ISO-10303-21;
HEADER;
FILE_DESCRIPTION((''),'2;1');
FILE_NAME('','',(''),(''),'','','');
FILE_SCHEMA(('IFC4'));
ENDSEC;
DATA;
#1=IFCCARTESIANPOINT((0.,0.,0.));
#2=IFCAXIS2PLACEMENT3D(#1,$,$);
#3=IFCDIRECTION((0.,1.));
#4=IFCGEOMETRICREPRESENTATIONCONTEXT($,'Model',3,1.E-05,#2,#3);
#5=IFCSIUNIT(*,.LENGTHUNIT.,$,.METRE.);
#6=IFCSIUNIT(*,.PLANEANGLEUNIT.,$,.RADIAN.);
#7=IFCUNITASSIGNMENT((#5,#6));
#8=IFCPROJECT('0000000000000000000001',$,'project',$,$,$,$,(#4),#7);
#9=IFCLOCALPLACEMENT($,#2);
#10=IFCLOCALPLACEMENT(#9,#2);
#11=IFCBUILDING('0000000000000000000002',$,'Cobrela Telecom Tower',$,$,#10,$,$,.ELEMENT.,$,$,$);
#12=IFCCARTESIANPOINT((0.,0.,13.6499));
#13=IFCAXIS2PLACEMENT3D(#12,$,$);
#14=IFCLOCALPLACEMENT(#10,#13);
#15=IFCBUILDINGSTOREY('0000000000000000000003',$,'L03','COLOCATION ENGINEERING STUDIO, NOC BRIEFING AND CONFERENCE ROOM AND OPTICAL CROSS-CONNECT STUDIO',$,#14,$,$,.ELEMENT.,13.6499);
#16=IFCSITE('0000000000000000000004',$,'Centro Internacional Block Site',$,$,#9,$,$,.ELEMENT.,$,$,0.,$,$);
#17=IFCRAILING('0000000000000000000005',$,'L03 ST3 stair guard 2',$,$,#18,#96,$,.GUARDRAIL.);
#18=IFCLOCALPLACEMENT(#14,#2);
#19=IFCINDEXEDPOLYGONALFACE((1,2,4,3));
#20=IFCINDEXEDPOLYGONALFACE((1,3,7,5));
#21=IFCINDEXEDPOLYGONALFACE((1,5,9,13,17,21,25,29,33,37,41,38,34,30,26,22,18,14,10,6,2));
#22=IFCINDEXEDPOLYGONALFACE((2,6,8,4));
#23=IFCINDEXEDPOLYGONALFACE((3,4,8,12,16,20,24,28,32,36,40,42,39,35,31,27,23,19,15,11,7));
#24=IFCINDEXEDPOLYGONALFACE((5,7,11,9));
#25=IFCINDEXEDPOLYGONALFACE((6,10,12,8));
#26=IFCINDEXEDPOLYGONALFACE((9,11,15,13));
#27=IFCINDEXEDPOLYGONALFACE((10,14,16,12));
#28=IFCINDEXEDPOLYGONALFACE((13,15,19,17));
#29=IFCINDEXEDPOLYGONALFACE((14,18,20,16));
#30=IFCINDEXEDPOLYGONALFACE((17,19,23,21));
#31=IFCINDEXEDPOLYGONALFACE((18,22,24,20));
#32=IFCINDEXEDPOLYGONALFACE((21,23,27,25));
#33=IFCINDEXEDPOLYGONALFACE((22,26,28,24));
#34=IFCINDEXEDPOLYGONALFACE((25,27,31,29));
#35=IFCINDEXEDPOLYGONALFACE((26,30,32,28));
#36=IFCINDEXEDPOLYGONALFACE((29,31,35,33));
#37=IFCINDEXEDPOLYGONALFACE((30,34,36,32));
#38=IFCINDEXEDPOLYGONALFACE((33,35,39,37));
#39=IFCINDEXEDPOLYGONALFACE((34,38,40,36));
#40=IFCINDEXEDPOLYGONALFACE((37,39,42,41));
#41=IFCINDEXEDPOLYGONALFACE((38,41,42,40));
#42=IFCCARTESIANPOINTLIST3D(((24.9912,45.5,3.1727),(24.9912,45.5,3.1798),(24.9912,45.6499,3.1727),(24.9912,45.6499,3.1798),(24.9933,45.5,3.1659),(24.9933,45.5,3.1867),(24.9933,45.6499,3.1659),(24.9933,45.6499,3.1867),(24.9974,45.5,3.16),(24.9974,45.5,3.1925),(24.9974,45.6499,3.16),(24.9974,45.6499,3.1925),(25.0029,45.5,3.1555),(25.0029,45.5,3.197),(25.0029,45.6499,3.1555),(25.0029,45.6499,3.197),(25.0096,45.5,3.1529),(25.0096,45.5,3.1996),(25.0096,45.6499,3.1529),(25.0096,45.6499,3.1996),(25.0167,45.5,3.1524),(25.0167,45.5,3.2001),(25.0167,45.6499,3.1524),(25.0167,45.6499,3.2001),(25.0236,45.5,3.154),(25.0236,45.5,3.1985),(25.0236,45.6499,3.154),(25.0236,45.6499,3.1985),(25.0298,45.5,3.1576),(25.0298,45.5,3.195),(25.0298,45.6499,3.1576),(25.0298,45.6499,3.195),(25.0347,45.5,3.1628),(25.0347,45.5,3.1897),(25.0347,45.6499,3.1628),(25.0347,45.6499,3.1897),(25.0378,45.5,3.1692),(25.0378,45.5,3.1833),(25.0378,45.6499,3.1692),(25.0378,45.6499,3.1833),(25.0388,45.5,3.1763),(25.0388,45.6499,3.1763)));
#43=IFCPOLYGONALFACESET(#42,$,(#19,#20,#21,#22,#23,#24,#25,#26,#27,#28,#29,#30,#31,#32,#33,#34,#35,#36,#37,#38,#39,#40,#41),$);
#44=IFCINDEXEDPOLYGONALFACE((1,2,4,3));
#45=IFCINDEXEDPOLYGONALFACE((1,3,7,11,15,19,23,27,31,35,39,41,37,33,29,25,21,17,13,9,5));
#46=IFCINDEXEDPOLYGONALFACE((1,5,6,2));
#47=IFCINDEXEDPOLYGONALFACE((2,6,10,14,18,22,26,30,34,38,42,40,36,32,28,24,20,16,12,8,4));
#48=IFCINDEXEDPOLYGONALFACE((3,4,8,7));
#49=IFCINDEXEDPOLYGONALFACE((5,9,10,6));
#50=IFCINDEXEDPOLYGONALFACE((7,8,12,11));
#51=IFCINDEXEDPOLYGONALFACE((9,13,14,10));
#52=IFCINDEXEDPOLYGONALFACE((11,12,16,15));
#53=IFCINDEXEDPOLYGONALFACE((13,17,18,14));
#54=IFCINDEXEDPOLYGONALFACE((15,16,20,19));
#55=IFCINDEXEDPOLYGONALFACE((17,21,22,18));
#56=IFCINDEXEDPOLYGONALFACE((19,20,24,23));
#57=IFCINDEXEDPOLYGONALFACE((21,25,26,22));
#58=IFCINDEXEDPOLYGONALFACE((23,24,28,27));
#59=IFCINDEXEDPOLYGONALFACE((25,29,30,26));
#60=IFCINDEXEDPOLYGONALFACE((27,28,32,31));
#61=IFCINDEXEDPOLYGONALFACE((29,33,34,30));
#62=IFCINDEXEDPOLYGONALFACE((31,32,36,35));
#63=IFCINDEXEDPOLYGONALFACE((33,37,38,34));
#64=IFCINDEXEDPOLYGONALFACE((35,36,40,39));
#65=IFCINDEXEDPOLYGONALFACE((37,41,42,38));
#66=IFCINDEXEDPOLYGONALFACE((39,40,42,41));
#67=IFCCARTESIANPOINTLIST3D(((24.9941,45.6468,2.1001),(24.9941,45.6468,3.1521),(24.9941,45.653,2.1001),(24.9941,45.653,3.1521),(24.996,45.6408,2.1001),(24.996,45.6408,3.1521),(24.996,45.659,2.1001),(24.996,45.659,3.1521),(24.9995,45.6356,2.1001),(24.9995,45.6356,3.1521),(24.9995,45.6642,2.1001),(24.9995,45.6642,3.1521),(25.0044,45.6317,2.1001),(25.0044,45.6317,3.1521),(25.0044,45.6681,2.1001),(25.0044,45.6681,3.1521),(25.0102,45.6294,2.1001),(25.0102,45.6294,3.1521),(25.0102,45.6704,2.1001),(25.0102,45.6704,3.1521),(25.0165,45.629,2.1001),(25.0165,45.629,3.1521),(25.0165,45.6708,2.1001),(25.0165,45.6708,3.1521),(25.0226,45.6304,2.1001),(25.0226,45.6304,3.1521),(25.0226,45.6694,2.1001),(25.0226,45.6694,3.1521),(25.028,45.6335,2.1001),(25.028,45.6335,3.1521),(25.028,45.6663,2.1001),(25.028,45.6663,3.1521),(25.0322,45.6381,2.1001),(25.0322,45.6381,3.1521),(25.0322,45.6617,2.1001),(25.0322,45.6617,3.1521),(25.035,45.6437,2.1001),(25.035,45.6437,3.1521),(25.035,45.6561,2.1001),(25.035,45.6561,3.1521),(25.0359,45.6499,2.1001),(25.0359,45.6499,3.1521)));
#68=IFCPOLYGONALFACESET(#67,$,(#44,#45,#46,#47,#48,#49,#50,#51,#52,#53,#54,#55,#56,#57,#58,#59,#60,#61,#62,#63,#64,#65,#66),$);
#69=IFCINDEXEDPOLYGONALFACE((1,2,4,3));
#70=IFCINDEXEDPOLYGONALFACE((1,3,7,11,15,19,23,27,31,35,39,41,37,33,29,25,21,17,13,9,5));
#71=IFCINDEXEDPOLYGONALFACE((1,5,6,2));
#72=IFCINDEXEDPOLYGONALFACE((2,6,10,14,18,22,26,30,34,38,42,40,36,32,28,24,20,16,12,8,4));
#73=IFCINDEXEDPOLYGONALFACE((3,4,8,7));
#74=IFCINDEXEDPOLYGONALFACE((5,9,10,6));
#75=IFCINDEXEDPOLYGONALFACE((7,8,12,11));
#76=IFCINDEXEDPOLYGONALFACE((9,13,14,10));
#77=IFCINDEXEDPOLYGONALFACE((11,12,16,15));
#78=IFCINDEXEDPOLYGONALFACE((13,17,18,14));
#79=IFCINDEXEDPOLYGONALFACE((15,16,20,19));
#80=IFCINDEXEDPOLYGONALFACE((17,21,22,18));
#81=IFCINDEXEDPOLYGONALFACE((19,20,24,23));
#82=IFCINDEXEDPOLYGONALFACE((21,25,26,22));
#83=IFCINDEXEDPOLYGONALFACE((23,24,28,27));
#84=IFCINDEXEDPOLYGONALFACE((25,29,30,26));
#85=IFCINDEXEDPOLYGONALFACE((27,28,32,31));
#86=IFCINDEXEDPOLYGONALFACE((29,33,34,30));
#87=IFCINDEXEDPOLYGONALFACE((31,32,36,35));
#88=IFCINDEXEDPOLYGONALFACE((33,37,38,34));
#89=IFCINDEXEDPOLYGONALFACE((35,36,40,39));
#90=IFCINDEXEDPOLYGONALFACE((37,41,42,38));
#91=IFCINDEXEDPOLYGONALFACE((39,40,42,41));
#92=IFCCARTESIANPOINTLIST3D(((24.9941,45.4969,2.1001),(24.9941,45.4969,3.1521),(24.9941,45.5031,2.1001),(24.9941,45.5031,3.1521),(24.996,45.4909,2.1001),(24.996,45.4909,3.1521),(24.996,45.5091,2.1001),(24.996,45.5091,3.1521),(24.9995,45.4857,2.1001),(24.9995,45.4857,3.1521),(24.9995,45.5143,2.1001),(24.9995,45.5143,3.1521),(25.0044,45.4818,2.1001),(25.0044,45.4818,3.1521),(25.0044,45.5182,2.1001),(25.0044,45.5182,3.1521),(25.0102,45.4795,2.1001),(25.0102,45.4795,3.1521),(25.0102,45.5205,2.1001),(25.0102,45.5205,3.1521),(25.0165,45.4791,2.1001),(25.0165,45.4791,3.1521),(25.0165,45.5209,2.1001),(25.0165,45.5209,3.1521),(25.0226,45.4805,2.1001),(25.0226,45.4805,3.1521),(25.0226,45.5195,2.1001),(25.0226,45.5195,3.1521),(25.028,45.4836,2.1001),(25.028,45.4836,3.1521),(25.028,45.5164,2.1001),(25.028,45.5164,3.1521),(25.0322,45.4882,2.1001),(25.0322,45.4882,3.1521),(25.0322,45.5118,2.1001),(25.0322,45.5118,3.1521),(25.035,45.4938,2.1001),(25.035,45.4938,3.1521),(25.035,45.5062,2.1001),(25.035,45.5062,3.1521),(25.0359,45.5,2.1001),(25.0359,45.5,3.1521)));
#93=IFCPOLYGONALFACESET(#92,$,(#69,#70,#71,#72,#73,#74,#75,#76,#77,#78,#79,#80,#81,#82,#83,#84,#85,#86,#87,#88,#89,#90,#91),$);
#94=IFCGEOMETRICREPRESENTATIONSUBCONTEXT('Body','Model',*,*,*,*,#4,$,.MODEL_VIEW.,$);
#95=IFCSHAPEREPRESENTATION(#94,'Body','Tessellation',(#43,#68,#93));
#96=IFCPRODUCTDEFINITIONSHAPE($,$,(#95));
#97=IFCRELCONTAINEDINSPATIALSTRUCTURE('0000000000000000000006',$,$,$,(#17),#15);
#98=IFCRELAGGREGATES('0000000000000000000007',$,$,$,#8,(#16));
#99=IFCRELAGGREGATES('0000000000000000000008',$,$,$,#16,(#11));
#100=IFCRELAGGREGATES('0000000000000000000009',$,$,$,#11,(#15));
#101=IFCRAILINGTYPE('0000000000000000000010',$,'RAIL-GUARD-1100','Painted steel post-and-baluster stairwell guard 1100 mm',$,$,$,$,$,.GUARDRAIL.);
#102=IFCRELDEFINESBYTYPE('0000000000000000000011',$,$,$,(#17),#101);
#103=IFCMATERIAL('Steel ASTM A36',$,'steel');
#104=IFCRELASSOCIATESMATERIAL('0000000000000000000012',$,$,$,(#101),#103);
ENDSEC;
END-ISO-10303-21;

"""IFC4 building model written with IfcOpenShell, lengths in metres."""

from ifc_helpers import new_model, si_unit, direction, frame, origin, origin_2d, place, context, subcontext, project, spatial, circle, extrude, material, type_object, element, save


model = new_model("IFC4")

# Units and contexts
model_context = context("Model", 3, precision=1e-05, world=origin(), true_north=direction((0.0, 1.0)))
body_context = subcontext(model_context, "Body", "Model", "MODEL_VIEW")
ifc_project = project(units=[si_unit("LENGTHUNIT", "METRE"), si_unit("PLANEANGLEUNIT", "RADIAN")], contexts=[model_context])

# Site, building, storey
site_placement = place(None, origin())
site = spatial("IfcSite", under=ifc_project, at=site_placement, Name="Centro Internacional Block Site", CompositionType="ELEMENT", RefElevation=0.0)
building_placement = place(site_placement, origin())
building = spatial("IfcBuilding", under=site, at=building_placement, Name="Cobrela Telecom Tower", CompositionType="ELEMENT")
storey_placement = place(building_placement, frame((0.0, 0.0, 13.6499)))
storey = spatial("IfcBuildingStorey", under=building, at=storey_placement, Name="L03", Description="COLOCATION ENGINEERING STUDIO, NOC BRIEFING AND CONFERENCE ROOM AND OPTICAL CROSS-CONNECT STUDIO", CompositionType="ELEMENT", Elevation=13.6499)

# Shared definitions
ifc_material_1 = material(Name="Steel ASTM A36", Category="steel")

# Railing
railing_type_1 = type_object("IfcRailingType", Name="RAIL-GUARD-1100", Description="Painted steel post-and-baluster stairwell guard 1100 mm", PredefinedType="GUARDRAIL", material=ifc_material_1)
railing_1_placement = place(storey_placement, frame((25.0149, 45.6499, 2.1001)))
element("IfcRailing", 1, at=railing_1_placement, inside=storey, type_object=railing_type_1, Name="L03 ST3 stair guard 2", PredefinedType="GUARDRAIL", context=body_context, shape_type="SweptSolid", body=[
    extrude(circle(Radius=0.0239, at=origin_2d()), frame((0.0, 0.0, 1.0762), z_axis=(0.0, -1.0, 0.0), x_axis=(1.0, 0.0, 0.0)), (0.0, 0.0, 1.0), 0.1499),
    extrude(circle(Radius=0.021, at=origin_2d()), origin(), (0.0, 0.0, 1.0), 1.052),
    extrude(circle(Radius=0.021, at=origin_2d()), frame((0.0, -0.1499, 0.0)), (0.0, 0.0, 1.0), 1.052),
])

save(model, "model.ifc")
